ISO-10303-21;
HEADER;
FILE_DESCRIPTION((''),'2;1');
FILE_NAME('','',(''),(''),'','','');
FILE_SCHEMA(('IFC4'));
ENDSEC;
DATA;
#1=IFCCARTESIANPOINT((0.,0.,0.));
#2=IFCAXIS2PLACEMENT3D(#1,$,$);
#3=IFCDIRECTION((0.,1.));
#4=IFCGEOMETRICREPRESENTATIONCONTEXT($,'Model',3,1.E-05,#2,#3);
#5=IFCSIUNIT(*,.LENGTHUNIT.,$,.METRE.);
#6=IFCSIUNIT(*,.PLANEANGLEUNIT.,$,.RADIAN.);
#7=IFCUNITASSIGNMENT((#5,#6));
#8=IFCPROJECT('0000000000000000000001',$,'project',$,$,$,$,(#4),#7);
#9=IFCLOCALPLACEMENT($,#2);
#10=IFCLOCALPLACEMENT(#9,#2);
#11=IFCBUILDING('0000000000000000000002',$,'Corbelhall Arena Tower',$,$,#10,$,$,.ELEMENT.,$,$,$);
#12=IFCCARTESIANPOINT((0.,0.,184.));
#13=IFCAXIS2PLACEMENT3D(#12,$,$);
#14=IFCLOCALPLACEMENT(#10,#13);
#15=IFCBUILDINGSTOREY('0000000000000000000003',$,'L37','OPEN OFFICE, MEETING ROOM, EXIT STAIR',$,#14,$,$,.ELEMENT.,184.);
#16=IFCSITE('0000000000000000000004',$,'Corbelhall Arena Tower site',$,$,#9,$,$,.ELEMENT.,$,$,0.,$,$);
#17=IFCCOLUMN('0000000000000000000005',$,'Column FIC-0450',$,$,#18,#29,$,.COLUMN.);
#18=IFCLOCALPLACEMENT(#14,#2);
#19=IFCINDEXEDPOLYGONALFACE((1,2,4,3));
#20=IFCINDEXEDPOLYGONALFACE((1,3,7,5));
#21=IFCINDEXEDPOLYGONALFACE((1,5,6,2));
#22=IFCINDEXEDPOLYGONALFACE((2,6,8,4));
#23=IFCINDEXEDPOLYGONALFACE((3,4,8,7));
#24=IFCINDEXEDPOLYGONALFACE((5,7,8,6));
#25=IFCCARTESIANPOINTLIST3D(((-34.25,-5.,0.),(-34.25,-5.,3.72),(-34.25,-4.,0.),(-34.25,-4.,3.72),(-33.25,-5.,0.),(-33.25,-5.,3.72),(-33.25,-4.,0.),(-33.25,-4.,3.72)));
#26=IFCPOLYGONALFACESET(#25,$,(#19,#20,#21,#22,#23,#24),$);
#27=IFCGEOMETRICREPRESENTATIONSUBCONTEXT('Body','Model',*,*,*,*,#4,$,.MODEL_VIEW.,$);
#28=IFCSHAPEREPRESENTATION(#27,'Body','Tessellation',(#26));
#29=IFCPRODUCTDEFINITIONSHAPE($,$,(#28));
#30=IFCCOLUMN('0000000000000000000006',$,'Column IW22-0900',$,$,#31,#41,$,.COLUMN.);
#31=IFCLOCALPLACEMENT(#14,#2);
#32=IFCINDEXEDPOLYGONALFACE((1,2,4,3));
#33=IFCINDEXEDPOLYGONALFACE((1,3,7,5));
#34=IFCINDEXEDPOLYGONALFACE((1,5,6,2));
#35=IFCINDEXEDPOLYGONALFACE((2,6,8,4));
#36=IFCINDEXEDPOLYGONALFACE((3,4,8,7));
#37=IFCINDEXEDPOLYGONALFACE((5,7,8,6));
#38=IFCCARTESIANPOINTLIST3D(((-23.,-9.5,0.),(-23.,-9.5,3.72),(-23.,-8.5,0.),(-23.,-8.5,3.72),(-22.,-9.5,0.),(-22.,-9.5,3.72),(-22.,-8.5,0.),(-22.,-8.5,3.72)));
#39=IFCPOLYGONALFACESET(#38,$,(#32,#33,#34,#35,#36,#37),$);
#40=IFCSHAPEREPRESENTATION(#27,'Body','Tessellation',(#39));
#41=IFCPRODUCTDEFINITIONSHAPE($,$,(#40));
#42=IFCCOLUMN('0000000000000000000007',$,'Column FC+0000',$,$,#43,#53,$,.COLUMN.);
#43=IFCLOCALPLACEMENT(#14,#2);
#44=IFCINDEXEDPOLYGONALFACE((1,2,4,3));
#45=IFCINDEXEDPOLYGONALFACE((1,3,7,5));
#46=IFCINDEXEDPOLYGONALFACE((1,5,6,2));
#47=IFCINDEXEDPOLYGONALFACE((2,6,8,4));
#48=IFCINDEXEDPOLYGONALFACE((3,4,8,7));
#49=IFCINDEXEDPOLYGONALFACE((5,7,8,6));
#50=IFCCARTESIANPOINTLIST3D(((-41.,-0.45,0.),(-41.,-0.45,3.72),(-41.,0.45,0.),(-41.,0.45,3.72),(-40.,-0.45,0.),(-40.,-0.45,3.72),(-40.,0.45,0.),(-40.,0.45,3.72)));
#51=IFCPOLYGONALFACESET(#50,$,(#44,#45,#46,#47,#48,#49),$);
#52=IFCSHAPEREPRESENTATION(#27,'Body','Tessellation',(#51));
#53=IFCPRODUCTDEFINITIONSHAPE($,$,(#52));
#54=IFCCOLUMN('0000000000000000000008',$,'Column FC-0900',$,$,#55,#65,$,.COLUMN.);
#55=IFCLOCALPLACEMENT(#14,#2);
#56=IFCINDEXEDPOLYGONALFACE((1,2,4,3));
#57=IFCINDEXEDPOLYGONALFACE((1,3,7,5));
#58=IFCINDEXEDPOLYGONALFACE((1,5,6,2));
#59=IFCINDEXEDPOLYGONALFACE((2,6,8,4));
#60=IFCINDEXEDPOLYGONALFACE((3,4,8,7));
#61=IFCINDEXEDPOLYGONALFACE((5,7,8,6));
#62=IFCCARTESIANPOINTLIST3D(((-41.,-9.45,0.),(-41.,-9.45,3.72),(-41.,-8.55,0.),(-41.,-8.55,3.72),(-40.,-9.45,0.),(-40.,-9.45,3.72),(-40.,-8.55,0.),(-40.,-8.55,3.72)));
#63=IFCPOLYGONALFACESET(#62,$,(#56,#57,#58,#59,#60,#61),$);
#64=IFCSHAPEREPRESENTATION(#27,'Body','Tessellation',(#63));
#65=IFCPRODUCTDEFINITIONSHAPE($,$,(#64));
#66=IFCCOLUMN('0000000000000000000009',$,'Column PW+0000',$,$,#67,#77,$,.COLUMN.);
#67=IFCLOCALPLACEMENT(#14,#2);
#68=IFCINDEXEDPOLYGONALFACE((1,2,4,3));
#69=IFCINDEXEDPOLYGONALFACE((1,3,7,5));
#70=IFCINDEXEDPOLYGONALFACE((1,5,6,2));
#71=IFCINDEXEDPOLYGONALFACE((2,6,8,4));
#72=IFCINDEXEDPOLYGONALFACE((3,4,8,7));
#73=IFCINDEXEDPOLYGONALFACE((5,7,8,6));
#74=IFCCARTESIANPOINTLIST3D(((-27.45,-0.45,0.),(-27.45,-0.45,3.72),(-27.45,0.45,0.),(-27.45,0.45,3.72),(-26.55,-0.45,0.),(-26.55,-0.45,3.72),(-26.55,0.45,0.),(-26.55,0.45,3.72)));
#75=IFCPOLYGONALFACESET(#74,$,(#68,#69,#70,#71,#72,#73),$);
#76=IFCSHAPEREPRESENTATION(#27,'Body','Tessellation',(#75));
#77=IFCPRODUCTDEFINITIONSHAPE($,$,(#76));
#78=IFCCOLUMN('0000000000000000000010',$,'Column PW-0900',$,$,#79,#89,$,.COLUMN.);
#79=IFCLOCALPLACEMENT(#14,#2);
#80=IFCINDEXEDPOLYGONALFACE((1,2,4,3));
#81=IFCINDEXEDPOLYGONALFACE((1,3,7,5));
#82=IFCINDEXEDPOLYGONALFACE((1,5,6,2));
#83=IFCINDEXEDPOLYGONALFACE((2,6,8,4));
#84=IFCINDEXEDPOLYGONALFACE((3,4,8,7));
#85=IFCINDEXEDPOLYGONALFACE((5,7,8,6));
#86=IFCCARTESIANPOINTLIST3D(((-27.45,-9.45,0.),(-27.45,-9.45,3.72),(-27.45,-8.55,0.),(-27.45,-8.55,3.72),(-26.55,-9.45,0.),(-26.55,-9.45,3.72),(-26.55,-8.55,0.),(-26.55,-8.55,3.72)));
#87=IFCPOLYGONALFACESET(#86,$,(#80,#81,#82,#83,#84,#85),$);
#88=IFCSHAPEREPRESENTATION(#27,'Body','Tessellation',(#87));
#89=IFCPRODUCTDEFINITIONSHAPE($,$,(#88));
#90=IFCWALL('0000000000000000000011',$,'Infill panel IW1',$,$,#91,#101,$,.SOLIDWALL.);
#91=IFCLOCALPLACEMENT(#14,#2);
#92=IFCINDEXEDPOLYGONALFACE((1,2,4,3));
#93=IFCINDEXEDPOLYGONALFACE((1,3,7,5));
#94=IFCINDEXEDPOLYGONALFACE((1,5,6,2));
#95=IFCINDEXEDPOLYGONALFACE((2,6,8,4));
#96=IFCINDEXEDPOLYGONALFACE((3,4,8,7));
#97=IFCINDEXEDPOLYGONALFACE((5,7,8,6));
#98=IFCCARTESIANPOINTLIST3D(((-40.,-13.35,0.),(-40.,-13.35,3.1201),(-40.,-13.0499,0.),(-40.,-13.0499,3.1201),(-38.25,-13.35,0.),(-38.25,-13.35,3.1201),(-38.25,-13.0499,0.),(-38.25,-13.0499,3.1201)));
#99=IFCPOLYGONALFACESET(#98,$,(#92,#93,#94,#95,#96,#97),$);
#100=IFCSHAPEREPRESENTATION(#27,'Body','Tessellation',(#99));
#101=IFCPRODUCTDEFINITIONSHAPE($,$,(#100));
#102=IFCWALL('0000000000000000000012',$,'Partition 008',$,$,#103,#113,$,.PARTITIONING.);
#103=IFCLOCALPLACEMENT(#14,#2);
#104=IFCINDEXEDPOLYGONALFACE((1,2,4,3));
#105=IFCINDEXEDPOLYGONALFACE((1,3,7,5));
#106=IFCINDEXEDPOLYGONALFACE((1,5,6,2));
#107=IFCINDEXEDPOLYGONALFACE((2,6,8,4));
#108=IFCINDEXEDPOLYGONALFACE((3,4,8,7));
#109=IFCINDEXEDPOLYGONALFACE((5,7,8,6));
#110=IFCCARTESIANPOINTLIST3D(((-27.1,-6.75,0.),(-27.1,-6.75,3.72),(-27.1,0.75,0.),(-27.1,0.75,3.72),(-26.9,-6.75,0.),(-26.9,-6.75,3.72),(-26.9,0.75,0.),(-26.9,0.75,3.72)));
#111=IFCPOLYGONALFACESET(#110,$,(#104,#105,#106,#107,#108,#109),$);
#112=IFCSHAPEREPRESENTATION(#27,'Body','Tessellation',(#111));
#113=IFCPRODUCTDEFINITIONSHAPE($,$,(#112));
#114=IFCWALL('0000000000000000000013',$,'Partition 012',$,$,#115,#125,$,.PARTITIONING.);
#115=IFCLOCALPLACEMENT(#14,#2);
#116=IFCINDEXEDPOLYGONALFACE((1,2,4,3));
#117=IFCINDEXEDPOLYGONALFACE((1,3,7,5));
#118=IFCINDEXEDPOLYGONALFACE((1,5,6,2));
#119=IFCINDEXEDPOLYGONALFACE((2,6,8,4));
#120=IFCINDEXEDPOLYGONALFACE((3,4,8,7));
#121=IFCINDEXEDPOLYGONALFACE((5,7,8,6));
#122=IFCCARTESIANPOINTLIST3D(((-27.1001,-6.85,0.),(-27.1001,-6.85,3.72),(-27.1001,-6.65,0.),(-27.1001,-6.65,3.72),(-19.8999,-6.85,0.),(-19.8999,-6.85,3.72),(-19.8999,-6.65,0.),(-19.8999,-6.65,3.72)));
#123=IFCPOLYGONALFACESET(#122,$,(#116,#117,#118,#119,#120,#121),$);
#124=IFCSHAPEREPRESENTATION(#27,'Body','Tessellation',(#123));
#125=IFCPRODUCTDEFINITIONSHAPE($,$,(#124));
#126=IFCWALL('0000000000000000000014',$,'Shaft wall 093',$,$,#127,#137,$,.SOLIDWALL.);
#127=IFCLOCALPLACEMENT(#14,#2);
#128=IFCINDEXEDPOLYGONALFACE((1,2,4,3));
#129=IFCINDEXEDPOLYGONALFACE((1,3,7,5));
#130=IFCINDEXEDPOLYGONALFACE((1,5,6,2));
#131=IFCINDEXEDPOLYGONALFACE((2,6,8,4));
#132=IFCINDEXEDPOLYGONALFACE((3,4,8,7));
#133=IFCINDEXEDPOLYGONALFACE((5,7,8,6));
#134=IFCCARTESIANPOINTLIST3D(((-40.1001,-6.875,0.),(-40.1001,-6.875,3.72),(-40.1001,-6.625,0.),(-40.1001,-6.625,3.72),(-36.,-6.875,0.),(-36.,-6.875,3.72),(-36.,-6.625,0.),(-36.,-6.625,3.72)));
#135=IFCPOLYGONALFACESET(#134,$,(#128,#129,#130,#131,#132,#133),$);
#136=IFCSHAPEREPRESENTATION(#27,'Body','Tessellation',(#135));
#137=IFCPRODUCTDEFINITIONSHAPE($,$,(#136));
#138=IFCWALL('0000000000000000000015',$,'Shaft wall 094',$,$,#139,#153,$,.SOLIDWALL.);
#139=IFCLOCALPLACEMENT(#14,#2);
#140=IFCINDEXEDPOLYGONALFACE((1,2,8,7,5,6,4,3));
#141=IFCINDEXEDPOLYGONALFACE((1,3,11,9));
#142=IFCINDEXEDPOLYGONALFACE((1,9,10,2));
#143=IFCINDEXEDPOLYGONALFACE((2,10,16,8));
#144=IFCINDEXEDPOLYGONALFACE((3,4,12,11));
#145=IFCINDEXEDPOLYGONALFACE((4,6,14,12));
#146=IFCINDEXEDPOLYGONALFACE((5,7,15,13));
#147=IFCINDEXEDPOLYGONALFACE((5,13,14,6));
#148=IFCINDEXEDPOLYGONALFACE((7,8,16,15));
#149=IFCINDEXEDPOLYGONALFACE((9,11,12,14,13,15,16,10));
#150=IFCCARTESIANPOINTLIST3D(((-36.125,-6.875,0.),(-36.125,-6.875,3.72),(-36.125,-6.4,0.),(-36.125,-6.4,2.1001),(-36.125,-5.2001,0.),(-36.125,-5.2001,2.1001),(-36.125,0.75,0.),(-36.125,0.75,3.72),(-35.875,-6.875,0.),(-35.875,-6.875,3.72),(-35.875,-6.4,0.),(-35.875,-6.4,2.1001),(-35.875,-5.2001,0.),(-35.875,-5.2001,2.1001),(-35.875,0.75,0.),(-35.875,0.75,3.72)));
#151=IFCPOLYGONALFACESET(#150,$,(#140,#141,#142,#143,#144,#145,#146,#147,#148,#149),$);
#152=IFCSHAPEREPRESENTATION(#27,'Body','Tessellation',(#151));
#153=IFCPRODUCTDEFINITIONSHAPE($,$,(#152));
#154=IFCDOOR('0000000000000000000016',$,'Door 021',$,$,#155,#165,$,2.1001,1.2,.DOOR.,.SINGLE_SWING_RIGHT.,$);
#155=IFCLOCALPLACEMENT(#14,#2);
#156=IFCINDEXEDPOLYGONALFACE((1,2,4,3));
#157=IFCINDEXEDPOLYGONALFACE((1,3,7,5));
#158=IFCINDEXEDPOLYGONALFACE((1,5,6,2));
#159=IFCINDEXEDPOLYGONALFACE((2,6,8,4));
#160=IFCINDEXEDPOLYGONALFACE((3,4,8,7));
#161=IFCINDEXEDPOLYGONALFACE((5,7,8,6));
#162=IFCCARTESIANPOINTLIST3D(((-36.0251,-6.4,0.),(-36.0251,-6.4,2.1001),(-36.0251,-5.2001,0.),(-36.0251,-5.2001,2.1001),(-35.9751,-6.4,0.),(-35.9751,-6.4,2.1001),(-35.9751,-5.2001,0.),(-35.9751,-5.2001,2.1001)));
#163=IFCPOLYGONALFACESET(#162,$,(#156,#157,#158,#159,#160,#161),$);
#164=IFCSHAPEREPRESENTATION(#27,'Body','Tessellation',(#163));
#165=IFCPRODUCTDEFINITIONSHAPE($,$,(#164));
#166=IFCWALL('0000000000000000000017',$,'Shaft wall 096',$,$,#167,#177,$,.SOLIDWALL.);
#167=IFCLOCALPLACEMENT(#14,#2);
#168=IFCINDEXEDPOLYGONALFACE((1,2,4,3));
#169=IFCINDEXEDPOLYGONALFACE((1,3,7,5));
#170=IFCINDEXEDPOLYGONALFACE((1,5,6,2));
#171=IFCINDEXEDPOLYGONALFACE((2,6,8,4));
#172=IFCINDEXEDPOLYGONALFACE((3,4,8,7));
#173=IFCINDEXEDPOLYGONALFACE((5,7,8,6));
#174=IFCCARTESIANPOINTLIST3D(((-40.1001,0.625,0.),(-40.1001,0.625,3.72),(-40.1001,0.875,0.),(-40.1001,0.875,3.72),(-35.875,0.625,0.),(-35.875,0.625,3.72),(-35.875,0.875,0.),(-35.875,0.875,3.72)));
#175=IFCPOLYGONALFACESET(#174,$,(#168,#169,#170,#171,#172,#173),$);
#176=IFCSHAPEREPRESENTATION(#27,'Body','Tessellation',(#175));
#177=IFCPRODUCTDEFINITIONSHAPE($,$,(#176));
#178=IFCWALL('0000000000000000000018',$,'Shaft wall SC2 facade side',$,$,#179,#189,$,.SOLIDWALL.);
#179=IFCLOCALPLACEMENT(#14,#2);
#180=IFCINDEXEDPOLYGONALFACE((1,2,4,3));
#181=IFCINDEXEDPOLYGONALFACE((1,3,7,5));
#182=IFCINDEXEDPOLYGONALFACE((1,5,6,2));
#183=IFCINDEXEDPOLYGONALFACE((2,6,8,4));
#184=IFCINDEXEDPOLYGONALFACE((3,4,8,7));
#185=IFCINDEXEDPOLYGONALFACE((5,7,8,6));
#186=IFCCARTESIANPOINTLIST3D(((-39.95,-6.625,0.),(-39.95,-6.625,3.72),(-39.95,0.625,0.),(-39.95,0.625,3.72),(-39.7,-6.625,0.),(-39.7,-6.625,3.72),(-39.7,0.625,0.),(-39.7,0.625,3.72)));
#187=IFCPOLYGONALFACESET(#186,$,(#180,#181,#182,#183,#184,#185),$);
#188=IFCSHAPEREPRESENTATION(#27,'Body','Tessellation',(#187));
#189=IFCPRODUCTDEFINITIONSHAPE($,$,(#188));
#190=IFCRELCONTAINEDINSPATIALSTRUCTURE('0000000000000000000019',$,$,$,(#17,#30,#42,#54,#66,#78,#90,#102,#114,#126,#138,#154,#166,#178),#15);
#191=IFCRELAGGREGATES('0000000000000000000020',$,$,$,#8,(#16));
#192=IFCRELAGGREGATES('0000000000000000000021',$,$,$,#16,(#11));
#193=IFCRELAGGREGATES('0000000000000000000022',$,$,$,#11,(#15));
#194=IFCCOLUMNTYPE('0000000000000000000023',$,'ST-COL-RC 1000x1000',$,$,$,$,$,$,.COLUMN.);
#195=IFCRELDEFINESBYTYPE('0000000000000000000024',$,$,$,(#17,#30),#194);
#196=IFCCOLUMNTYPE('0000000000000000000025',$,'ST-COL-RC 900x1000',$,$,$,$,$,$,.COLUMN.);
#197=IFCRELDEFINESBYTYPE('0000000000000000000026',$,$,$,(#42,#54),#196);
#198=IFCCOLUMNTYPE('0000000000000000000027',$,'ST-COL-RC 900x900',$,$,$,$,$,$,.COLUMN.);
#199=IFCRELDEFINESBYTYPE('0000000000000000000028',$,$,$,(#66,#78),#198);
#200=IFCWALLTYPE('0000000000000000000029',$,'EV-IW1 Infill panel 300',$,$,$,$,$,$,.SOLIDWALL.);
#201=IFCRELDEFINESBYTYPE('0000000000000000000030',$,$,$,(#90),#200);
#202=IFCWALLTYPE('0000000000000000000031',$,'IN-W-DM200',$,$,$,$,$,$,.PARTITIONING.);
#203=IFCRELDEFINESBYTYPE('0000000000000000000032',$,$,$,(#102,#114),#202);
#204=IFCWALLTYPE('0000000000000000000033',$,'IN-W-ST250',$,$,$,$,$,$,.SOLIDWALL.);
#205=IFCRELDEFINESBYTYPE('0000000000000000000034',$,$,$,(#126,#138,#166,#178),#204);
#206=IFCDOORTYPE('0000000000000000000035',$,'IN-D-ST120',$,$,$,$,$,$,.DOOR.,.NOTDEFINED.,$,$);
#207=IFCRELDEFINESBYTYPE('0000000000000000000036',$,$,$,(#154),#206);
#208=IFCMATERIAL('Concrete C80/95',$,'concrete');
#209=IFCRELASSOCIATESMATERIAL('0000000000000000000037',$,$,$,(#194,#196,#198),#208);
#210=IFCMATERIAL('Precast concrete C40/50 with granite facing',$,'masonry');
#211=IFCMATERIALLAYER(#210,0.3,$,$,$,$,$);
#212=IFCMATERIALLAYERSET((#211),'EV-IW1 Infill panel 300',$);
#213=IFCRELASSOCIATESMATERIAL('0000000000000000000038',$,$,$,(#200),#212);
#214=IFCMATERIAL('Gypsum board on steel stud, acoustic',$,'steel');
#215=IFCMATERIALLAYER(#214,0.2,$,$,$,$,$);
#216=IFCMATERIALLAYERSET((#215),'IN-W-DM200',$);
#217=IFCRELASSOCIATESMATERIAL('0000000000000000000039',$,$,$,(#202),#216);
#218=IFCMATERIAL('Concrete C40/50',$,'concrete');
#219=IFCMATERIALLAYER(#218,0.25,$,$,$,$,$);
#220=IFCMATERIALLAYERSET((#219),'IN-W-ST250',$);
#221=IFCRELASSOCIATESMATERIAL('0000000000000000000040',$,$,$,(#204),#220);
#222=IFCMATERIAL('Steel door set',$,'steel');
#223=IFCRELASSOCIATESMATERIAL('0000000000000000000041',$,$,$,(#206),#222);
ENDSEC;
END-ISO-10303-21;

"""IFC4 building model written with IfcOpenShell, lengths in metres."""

from ifc_helpers import new_model, si_unit, direction, frame, frame_2d, origin, origin_2d, place, context, subcontext, project, spatial, rectangle, extrude, material, layer, layer_set, material_profile, profile_set, type_object, element, fill, save


model = new_model("IFC4")

# Units and contexts
model_context = context("Model", 3, precision=1e-05, world=origin(), true_north=direction((0.0, 1.0)))
body_context = subcontext(model_context, "Body", "Model", "MODEL_VIEW")
ifc_project = project(units=[si_unit("LENGTHUNIT", "METRE"), si_unit("PLANEANGLEUNIT", "RADIAN")], contexts=[model_context])

# Site, building, storey
site_placement = place(None, origin())
site = spatial("IfcSite", under=ifc_project, at=site_placement, Name="Corbelhall Arena Tower site", CompositionType="ELEMENT", RefElevation=0.0)
building_placement = place(site_placement, origin())
building = spatial("IfcBuilding", under=site, at=building_placement, Name="Corbelhall Arena Tower", CompositionType="ELEMENT")
storey_placement = place(building_placement, frame((0.0, 0.0, 184.0)))
storey = spatial("IfcBuildingStorey", under=building, at=storey_placement, Name="L37", Description="OPEN OFFICE, MEETING ROOM, EXIT STAIR", CompositionType="ELEMENT", Elevation=184.0)

# Columns
ifc_material_1 = material(Name="Concrete C80/95", Category="concrete")
ifc_material_profile_1 = material_profile(ifc_material_1, rectangle(XDim=1.0, YDim=1.0, at=origin_2d()))
ifc_profile_set_1 = profile_set([ifc_material_profile_1], Name="Concrete C80/95")
column_type_1 = type_object("IfcColumnType", Name="ST-COL-RC 1000x1000", PredefinedType="COLUMN", material=ifc_profile_set_1)
for number, where, z_axis, x_axis, name in (
    (1, (-33.75, -4.5, 0.0), (0.0, 0.0, 1.0), (1.0, 0.0, 0.0), "Column FIC-0450"),
    (2, (-22.5, -9.0, 0.0), (0.0, 0.0, 1.0), (1.0, 0.0, 0.0), "Column IW22-0900"),
):
    element("IfcColumn", number, at=place(storey_placement, frame(where, z_axis=z_axis, x_axis=x_axis)), inside=storey, type_object=column_type_1, Name=name, PredefinedType="COLUMN", context=body_context, shape_type="SweptSolid", body=[
        extrude(rectangle(XDim=1.0, YDim=1.0, at=origin_2d()), origin(), (0.0, 0.0, 1.0), 3.72),
    ])
ifc_material_profile_2 = material_profile(ifc_material_1, rectangle(XDim=0.8999, YDim=1.0, at=origin_2d()))
ifc_profile_set_2 = profile_set([ifc_material_profile_2], Name="Concrete C80/95")
column_type_2 = type_object("IfcColumnType", Name="ST-COL-RC 900x1000", PredefinedType="COLUMN", material=ifc_profile_set_2)
for number, where, z_axis, x_axis, name in (
    (3, (-40.5, 0.0, 0.0), (0.0, 0.0, 1.0), (0.0, 1.0, 0.0), "Column FC+0000"),
    (4, (-40.5, -9.0, 0.0), (0.0, 0.0, 1.0), (0.0, 1.0, 0.0), "Column FC-0900"),
):
    element("IfcColumn", number, at=place(storey_placement, frame(where, z_axis=z_axis, x_axis=x_axis)), inside=storey, type_object=column_type_2, Name=name, PredefinedType="COLUMN", context=body_context, shape_type="SweptSolid", body=[
        extrude(rectangle(XDim=0.8999, YDim=1.0, at=origin_2d()), origin(), (0.0, 0.0, 1.0), 3.72),
    ])
ifc_material_profile_3 = material_profile(ifc_material_1, rectangle(XDim=0.8999, YDim=0.8999, at=origin_2d()))
ifc_profile_set_3 = profile_set([ifc_material_profile_3], Name="Concrete C80/95")
column_type_3 = type_object("IfcColumnType", Name="ST-COL-RC 900x900", PredefinedType="COLUMN", material=ifc_profile_set_3)
for number, where, z_axis, x_axis, name in (
    (5, (-27.0, 0.0, 0.0), (0.0, 0.0, 1.0), (1.0, 0.0, 0.0), "Column PW+0000"),
    (6, (-27.0, -9.0, 0.0), (0.0, 0.0, 1.0), (1.0, 0.0, 0.0), "Column PW-0900"),
):
    element("IfcColumn", number, at=place(storey_placement, frame(where, z_axis=z_axis, x_axis=x_axis)), inside=storey, type_object=column_type_3, Name=name, PredefinedType="COLUMN", context=body_context, shape_type="SweptSolid", body=[
        extrude(rectangle(XDim=0.8999, YDim=0.8999, at=origin_2d()), origin(), (0.0, 0.0, 1.0), 3.72),
    ])

# Wall
ifc_material_2 = material(Name="Precast concrete C40/50 with granite facing", Category="masonry")
ifc_layer_1 = layer(ifc_material_2, 0.3)
ifc_layer_set_1 = layer_set([ifc_layer_1], Name="EV-IW1 Infill panel 300")
wall_type_1 = type_object("IfcWallType", Name="EV-IW1 Infill panel 300", PredefinedType="SOLIDWALL", material=ifc_layer_set_1)
wall_1_placement = place(storey_placement, frame((-40.0, -13.2, 0.0), z_axis=(0.0, 0.0, 1.0), x_axis=(1.0, 0.0, 0.0)))
element("IfcWall", 7, at=wall_1_placement, inside=storey, type_object=wall_type_1, Name="Infill panel IW1", PredefinedType="SOLIDWALL", context=body_context, shape_type="SweptSolid", body=[
    extrude(rectangle(XDim=1.75, YDim=0.3, at=frame_2d((0.875, 0.0))), origin(), (0.0, 0.0, 1.0), 3.1201),
])

# Shared definitions
ifc_material_3 = material(Name="Gypsum board on steel stud, acoustic", Category="steel")
ifc_layer_2 = layer(ifc_material_3, 0.2)
ifc_layer_set_2 = layer_set([ifc_layer_2], Name="IN-W-DM200")
wall_type_2 = type_object("IfcWallType", Name="IN-W-DM200", PredefinedType="PARTITIONING", material=ifc_layer_set_2)
ifc_material_4 = material(Name="Steel door set", Category="steel")

# Walls
wall_2_placement = place(storey_placement, frame((-27.0, -6.75, 0.0), z_axis=(0.0, 0.0, 1.0), x_axis=(0.0, 1.0, 0.0)))
element("IfcWall", 8, at=wall_2_placement, inside=storey, type_object=wall_type_2, Name="Partition 008", PredefinedType="PARTITIONING", context=body_context, shape_type="SweptSolid", body=[
    extrude(rectangle(XDim=7.5, YDim=0.2, at=frame_2d((3.75, 0.0))), origin(), (0.0, 0.0, 1.0), 3.72),
])
wall_3_placement = place(storey_placement, frame((-27.1001, -6.75, 0.0), z_axis=(0.0, 0.0, 1.0), x_axis=(1.0, 0.0, 0.0)))
element("IfcWall", 9, at=wall_3_placement, inside=storey, type_object=wall_type_2, Name="Partition 012", PredefinedType="PARTITIONING", context=body_context, shape_type="SweptSolid", body=[
    extrude(rectangle(XDim=7.2002, YDim=0.2, at=frame_2d((3.6001, 0.0))), origin(), (0.0, 0.0, 1.0), 3.72),
])

# Wall
ifc_material_5 = material(Name="Concrete C40/50", Category="concrete")
ifc_layer_3 = layer(ifc_material_5, 0.25)
ifc_layer_set_3 = layer_set([ifc_layer_3], Name="IN-W-ST250")
wall_type_3 = type_object("IfcWallType", Name="IN-W-ST250", PredefinedType="SOLIDWALL", material=ifc_layer_set_3)
wall_4_placement = place(storey_placement, frame((-36.0, -6.75, 0.0), z_axis=(0.0, 0.0, 1.0), x_axis=(-1.0, 0.0, 0.0)))
element("IfcWall", 10, at=wall_4_placement, inside=storey, type_object=wall_type_3, Name="Shaft wall 093", PredefinedType="SOLIDWALL", context=body_context, shape_type="SweptSolid", body=[
    extrude(rectangle(XDim=4.1001, YDim=0.25, at=frame_2d((2.05, 0.0))), origin(), (0.0, 0.0, 1.0), 3.72),
])

# Wall, opening, door
wall_5_placement = place(storey_placement, frame((-36.0, 0.75, 0.0), z_axis=(0.0, 0.0, 1.0), x_axis=(0.0, -1.0, 0.0)))
wall_5 = element("IfcWall", 11, at=wall_5_placement, inside=storey, type_object=wall_type_3, Name="Shaft wall 094", PredefinedType="SOLIDWALL", context=body_context, shape_type="SweptSolid", body=[
    extrude(rectangle(XDim=7.625, YDim=0.25, at=frame_2d((3.8125, 0.0))), origin(), (0.0, 0.0, 1.0), 3.72),
])
opening_1_placement = place(wall_5_placement, frame((5.95, 0.0, 0.0)))
opening_1 = element("IfcOpeningElement", 12, at=opening_1_placement, cuts=wall_5, PredefinedType="OPENING", context=body_context, shape_type="SweptSolid", body=[
    extrude(rectangle(XDim=1.2, YDim=2.1001, at=frame_2d((0.6001, 1.05))), frame((0.0, 0.125, 0.0), z_axis=(0.0, -1.0, 0.0), x_axis=(1.0, 0.0, 0.0)), (0.0, 0.0, 1.0), 0.25),
])
door_type_1 = type_object("IfcDoorType", Name="IN-D-ST120", OperationType="NOTDEFINED", PredefinedType="DOOR", material=ifc_material_4)
door_1_placement = place(opening_1_placement, origin())
door_1 = element("IfcDoor", 13, at=door_1_placement, inside=storey, type_object=door_type_1, Name="Door 021", OperationType="SINGLE_SWING_RIGHT", OverallHeight=2.1001, OverallWidth=1.2, PredefinedType="DOOR", context=body_context, shape_type="SweptSolid", body=[
    extrude(rectangle(XDim=1.2, YDim=2.1001, at=frame_2d((0.6001, 1.05))), frame((0.0, 0.0249, 0.0), z_axis=(0.0, -1.0, 0.0), x_axis=(1.0, 0.0, 0.0)), (0.0, 0.0, 1.0), 0.05),
])
fill(opening_1, door_1)

# Walls
wall_6_placement = place(storey_placement, frame((-35.875, 0.75, 0.0), z_axis=(0.0, 0.0, 1.0), x_axis=(-1.0, 0.0, 0.0)))
element("IfcWall", 14, at=wall_6_placement, inside=storey, type_object=wall_type_3, Name="Shaft wall 096", PredefinedType="SOLIDWALL", context=body_context, shape_type="SweptSolid", body=[
    extrude(rectangle(XDim=4.2251, YDim=0.25, at=frame_2d((2.1125, 0.0))), origin(), (0.0, 0.0, 1.0), 3.72),
])
wall_7_placement = place(storey_placement, frame((-39.825, -6.625, 0.0), z_axis=(0.0, 0.0, 1.0), x_axis=(0.0, 1.0, 0.0)))
element("IfcWall", 15, at=wall_7_placement, inside=storey, type_object=wall_type_3, Name="Shaft wall SC2 facade side", PredefinedType="SOLIDWALL", context=body_context, shape_type="SweptSolid", body=[
    extrude(rectangle(XDim=7.25, YDim=0.25, at=frame_2d((3.625, 0.0))), origin(), (0.0, 0.0, 1.0), 3.72),
])

save(model, "model.ifc")
